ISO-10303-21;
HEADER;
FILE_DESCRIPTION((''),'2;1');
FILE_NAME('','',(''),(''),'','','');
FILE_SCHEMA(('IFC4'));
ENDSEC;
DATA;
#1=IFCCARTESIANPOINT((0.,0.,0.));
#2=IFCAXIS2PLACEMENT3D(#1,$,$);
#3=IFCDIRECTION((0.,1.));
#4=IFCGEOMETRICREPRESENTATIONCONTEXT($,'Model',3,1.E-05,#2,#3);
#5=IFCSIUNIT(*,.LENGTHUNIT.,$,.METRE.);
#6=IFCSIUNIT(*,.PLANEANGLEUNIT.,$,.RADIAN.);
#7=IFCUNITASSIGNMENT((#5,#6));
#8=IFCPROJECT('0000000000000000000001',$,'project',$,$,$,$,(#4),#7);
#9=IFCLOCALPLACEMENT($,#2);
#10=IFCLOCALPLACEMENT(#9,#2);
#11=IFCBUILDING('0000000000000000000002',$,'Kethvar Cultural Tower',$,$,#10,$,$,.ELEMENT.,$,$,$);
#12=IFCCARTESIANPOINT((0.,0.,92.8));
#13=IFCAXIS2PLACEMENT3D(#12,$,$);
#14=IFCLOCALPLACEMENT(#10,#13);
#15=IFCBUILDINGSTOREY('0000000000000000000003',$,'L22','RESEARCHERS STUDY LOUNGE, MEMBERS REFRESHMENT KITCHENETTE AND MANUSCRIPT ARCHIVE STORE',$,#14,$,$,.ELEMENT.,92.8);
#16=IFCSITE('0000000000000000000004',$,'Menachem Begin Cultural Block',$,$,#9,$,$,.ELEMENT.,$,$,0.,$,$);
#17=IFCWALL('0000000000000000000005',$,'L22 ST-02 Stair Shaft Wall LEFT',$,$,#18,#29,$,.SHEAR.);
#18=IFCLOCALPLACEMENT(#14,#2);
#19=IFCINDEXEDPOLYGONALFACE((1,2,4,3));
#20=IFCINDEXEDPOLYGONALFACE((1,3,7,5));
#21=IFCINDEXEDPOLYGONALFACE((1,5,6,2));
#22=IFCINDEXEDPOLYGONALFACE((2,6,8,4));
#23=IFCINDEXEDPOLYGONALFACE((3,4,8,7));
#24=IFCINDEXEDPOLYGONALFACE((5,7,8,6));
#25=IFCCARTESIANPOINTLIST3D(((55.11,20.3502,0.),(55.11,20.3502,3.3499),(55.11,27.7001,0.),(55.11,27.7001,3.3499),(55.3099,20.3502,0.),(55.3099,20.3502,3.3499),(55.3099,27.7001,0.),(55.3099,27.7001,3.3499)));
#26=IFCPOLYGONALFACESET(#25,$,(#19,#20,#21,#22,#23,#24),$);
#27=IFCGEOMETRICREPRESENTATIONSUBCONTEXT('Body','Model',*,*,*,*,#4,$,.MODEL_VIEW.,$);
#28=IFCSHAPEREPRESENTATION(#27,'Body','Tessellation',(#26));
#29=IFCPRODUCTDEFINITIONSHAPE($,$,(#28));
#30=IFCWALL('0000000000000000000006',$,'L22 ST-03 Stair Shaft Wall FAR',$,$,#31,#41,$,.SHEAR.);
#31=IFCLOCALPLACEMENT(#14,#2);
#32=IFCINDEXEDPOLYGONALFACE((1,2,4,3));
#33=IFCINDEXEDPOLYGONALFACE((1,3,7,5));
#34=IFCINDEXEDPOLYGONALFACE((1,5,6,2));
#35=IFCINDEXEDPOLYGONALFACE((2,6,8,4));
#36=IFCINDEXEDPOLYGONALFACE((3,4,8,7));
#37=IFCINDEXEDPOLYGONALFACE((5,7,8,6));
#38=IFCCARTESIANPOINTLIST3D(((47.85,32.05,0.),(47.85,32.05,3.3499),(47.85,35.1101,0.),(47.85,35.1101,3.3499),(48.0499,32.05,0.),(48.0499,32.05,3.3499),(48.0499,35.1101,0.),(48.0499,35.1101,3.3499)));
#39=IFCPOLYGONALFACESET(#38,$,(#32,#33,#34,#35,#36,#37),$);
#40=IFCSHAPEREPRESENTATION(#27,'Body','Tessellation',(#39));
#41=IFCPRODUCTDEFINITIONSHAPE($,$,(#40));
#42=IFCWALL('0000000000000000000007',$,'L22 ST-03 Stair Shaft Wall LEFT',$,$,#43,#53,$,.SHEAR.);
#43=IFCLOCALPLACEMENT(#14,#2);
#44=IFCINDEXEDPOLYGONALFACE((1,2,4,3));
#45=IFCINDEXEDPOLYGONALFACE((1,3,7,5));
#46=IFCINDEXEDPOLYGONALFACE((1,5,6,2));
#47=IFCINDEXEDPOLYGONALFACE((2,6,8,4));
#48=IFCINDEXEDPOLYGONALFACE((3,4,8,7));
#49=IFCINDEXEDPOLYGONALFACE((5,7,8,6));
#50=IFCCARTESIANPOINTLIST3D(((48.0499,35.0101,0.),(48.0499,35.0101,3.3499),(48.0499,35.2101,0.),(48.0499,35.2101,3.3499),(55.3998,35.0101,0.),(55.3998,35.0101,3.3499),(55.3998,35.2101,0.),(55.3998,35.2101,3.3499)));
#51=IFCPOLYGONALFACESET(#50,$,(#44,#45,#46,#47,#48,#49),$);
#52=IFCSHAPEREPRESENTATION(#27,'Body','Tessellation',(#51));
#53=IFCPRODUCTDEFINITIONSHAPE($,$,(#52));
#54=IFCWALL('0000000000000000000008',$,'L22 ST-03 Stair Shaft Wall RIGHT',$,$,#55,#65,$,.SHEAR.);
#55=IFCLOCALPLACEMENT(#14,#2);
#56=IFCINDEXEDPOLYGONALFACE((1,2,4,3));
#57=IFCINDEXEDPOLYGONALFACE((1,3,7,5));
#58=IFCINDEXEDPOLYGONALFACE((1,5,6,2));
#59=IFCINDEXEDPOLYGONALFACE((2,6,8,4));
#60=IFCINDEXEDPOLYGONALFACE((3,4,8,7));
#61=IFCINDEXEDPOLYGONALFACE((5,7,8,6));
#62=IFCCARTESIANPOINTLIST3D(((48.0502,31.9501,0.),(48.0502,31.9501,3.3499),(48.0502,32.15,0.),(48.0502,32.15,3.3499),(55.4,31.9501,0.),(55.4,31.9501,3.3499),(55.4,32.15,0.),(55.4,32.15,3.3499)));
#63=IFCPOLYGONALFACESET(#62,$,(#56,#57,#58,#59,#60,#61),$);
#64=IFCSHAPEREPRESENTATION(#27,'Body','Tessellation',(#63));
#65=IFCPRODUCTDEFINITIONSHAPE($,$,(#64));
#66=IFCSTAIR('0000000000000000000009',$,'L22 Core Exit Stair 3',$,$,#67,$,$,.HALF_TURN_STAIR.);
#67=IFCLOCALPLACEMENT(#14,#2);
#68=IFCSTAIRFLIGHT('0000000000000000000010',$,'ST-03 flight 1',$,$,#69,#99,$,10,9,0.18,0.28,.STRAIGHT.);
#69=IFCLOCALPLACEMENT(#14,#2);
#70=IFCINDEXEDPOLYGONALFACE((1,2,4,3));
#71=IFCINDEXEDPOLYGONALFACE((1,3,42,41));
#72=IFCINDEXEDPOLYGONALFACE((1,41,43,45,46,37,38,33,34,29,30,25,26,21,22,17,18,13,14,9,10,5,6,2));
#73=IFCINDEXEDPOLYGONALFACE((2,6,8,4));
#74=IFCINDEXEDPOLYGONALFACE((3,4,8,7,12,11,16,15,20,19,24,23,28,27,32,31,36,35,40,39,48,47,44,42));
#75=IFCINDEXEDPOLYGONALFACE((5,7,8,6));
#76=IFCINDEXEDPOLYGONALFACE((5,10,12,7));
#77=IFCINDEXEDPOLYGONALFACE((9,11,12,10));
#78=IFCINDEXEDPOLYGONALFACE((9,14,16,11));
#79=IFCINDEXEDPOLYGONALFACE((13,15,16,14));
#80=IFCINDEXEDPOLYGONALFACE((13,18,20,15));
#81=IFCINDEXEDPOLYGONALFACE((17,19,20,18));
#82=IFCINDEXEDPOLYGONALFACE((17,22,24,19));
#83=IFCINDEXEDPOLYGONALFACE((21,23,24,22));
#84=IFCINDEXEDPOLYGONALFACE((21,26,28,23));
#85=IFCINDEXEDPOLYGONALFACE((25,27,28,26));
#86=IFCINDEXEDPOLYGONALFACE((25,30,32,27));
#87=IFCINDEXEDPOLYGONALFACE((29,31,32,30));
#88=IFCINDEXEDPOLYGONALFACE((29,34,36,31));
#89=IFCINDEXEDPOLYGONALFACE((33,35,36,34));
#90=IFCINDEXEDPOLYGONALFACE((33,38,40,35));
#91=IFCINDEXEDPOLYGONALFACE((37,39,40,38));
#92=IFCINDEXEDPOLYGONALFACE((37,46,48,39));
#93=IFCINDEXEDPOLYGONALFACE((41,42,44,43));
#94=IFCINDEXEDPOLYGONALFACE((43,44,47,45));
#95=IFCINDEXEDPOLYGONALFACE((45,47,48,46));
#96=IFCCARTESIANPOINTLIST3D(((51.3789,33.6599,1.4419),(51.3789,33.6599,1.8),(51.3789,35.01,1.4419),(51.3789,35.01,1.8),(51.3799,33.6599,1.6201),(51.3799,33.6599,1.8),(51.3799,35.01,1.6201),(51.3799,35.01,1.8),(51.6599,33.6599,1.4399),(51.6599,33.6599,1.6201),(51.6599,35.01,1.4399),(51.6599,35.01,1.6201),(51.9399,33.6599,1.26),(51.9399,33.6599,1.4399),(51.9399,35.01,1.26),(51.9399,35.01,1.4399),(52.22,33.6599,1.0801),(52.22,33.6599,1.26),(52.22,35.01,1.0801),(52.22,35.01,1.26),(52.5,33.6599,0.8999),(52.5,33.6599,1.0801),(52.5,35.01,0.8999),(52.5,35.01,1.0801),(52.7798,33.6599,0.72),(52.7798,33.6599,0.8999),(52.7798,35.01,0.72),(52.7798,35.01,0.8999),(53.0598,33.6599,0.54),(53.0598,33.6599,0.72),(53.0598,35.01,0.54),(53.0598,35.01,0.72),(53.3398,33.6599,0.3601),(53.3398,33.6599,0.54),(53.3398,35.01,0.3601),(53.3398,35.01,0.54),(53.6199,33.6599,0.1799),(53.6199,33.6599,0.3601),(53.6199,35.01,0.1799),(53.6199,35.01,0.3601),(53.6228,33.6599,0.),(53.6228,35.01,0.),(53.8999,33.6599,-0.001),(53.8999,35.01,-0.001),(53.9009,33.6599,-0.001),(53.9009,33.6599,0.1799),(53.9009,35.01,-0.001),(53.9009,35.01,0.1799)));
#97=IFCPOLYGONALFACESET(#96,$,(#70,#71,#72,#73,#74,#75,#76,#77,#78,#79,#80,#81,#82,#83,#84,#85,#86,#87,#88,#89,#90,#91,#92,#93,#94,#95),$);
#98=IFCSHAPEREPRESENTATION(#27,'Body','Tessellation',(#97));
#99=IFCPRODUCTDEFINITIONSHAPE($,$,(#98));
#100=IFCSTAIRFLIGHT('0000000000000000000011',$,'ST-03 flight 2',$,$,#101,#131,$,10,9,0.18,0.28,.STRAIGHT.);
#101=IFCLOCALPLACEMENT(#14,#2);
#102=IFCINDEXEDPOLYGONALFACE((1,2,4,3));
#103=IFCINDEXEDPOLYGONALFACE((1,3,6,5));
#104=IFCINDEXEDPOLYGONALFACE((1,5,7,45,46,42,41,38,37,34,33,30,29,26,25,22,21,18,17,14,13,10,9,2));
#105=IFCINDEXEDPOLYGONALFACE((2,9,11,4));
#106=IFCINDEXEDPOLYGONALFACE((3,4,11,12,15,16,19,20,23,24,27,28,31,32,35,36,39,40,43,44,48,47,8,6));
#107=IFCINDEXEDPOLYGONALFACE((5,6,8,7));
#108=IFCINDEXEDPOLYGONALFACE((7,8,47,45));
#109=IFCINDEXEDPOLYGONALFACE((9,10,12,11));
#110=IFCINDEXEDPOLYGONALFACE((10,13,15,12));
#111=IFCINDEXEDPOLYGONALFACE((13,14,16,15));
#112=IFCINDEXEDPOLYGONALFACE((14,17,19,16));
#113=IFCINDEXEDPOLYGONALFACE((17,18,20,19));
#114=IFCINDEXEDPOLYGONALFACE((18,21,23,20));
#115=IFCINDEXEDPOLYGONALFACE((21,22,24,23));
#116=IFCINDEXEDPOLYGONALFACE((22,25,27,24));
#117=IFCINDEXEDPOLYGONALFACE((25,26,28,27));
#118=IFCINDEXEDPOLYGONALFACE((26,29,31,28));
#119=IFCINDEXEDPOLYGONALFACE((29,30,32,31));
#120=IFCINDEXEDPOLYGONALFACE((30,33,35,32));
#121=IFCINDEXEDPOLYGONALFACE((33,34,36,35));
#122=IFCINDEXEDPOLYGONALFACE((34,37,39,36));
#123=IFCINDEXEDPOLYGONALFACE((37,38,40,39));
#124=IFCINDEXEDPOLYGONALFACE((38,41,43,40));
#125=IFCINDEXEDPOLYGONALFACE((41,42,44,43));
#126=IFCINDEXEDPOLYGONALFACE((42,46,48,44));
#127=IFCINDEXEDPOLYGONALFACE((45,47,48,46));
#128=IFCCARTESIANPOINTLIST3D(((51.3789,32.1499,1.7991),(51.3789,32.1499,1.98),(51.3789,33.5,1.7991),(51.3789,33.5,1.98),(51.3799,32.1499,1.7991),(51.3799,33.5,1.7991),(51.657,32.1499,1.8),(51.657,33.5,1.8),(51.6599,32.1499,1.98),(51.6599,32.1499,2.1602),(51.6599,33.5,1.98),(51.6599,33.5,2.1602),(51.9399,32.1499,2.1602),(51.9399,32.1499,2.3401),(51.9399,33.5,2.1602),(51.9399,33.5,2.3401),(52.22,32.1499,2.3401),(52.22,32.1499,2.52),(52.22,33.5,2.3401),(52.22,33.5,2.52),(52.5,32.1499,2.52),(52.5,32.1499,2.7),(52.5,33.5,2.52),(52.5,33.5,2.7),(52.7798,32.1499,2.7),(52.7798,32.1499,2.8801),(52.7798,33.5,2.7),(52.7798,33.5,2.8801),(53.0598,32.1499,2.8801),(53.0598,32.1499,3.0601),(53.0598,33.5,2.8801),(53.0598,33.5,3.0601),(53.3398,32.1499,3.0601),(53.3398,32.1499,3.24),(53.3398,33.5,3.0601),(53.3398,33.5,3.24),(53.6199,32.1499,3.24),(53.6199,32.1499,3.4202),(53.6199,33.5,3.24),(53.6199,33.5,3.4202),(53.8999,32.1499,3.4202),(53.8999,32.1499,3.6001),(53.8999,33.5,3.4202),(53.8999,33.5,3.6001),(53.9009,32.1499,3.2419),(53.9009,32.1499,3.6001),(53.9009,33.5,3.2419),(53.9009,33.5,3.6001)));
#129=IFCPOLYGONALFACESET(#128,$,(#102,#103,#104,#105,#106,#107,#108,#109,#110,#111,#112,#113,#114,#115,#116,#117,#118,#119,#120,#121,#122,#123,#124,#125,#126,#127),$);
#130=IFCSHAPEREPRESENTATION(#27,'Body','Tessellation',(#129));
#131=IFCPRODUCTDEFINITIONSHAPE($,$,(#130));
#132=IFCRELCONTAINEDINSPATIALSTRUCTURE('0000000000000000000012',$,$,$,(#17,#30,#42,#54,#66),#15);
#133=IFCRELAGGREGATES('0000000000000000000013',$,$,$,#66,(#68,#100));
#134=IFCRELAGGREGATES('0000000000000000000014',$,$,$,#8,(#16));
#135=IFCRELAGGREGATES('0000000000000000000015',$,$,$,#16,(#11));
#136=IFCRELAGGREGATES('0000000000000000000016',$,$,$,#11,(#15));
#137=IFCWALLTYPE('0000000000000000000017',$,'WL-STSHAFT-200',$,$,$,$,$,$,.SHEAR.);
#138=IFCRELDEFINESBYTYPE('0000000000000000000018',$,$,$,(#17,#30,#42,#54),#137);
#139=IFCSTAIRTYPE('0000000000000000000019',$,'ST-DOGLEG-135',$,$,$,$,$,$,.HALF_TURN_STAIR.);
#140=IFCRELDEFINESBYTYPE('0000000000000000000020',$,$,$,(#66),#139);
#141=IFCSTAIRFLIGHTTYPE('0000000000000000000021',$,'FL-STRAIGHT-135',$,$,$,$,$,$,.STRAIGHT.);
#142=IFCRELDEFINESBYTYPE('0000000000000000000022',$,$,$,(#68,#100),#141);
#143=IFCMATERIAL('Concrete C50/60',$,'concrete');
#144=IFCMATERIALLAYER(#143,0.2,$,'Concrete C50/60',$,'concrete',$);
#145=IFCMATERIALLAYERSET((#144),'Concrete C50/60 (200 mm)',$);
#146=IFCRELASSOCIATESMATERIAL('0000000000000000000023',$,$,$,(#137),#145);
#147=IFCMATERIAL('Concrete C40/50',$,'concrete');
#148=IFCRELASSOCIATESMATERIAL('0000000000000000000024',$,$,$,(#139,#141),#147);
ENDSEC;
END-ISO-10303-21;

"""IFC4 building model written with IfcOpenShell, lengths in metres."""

from ifc_helpers import new_model, si_unit, direction, frame, frame_2d, origin, place, context, subcontext, project, spatial, polyline, rectangle, outline, extrude, material, layer, layer_set, type_object, element, aggregate, save


model = new_model("IFC4")

# Units and contexts
model_context = context("Model", 3, precision=1e-05, world=origin(), true_north=direction((0.0, 1.0)))
body_context = subcontext(model_context, "Body", "Model", "MODEL_VIEW")
ifc_project = project(units=[si_unit("LENGTHUNIT", "METRE"), si_unit("PLANEANGLEUNIT", "RADIAN")], contexts=[model_context])

# Site, building, storey
site_placement = place(None, origin())
site = spatial("IfcSite", under=ifc_project, at=site_placement, Name="Menachem Begin Cultural Block", CompositionType="ELEMENT", RefElevation=0.0)
building_placement = place(site_placement, origin())
building = spatial("IfcBuilding", under=site, at=building_placement, Name="Kethvar Cultural Tower", CompositionType="ELEMENT")
storey_placement = place(building_placement, frame((0.0, 0.0, 92.8)))
storey = spatial("IfcBuildingStorey", under=building, at=storey_placement, Name="L22", Description="RESEARCHERS STUDY LOUNGE, MEMBERS REFRESHMENT KITCHENETTE AND MANUSCRIPT ARCHIVE STORE", CompositionType="ELEMENT", Elevation=92.8)

# Walls
ifc_material_1 = material(Name="Concrete C40/50", Category="concrete")
ifc_material_2 = material(Name="Concrete C50/60", Category="concrete")
ifc_layer_1 = layer(ifc_material_2, 0.2, Name="Concrete C50/60", Category="concrete")
ifc_layer_set_1 = layer_set([ifc_layer_1], Name="Concrete C50/60 (200 mm)")
wall_type_1 = type_object("IfcWallType", Name="WL-STSHAFT-200", PredefinedType="SHEAR", material=ifc_layer_set_1)
wall_1_placement = place(storey_placement, frame((55.21, 27.7, 0.0), z_axis=(0.0, 0.0, 1.0), x_axis=(0.0, -1.0, 0.0)))
element("IfcWall", 1, at=wall_1_placement, inside=storey, type_object=wall_type_1, Name="L22 ST-02 Stair Shaft Wall LEFT", PredefinedType="SHEAR", context=body_context, shape_type="SweptSolid", body=[
    extrude(rectangle(XDim=7.3499, YDim=0.2, at=frame_2d((3.6748, 0.0))), origin(), (0.0, 0.0, 1.0), 3.3499),
])
wall_2_placement = place(storey_placement, frame((47.95, 32.05, 0.0), z_axis=(0.0, 0.0, 1.0), x_axis=(0.0, 1.0, 0.0)))
element("IfcWall", 2, at=wall_2_placement, inside=storey, type_object=wall_type_1, Name="L22 ST-03 Stair Shaft Wall FAR", PredefinedType="SHEAR", context=body_context, shape_type="SweptSolid", body=[
    extrude(rectangle(XDim=3.0601, YDim=0.2, at=frame_2d((1.53, 0.0))), origin(), (0.0, 0.0, 1.0), 3.3499),
])
for number, where, z_axis, x_axis, name in (
    (3, (48.05, 35.1101, 0.0), (0.0, 0.0, 1.0), (1.0, 0.0, 0.0), "L22 ST-03 Stair Shaft Wall LEFT"),
    (4, (55.3999, 32.05, 0.0), (0.0, 0.0, 1.0), (-1.0, 0.0, 0.0), "L22 ST-03 Stair Shaft Wall RIGHT"),
):
    element("IfcWall", number, at=place(storey_placement, frame(where, z_axis=z_axis, x_axis=x_axis)), inside=storey, type_object=wall_type_1, Name=name, PredefinedType="SHEAR", context=body_context, shape_type="SweptSolid", body=[
        extrude(rectangle(XDim=7.3499, YDim=0.2, at=frame_2d((3.6748, 0.0))), origin(), (0.0, 0.0, 1.0), 3.3499),
    ])

# Stair, stair flights
stair_type = type_object("IfcStairType", Name="ST-DOGLEG-135", PredefinedType="HALF_TURN_STAIR", material=ifc_material_1)
stair_placement = place(storey_placement, origin())
stair = element("IfcStair", 5, at=stair_placement, inside=storey, type_object=stair_type, Name="L22 Core Exit Stair 3", PredefinedType="HALF_TURN_STAIR")
stair_flight_type = type_object("IfcStairFlightType", Name="FL-STRAIGHT-135", PredefinedType="STRAIGHT", material=ifc_material_1)
stair_flight_1_placement = place(storey_placement, frame((53.8999, 34.335, 0.0), z_axis=(0.0, 0.0, 1.0), x_axis=(-1.0, 0.0, 0.0)))
stair_flight_1 = element("IfcStairFlight", 6, at=stair_flight_1_placement, type_object=stair_flight_type, Name="ST-03 flight 1", NumberOfRisers=10, NumberOfTreads=9, PredefinedType="STRAIGHT", RiserHeight=0.18, TreadLength=0.28, context=body_context, shape_type="SweptSolid", body=[
    extrude(outline(polyline([(-0.001, -0.001), (-0.001, 0.1799), (0.28, 0.1799), (0.28, 0.3601), (0.5601, 0.3601), (0.5601, 0.54), (0.8401, 0.54), (0.8401, 0.72), (1.1201, 0.72), (1.1201, 0.8999), (1.3999, 0.8999), (1.3999, 1.0801), (1.6799, 1.0801), (1.6799, 1.26), (1.96, 1.26), (1.96, 1.4399), (2.24, 1.4399), (2.24, 1.6201), (2.52, 1.6201), (2.52, 1.8), (2.521, 1.8), (2.521, 1.4419), (0.2771, 0.0), (0.0, -0.001), (-0.001, -0.001)])), frame((0.0, 0.675, 0.0), z_axis=(0.0, -1.0, 0.0), x_axis=(1.0, 0.0, 0.0)), (0.0, 0.0, 1.0), 1.3501),
])
stair_flight_2_placement = place(storey_placement, frame((51.3799, 32.825, 1.8), z_axis=(0.0, 0.0, 1.0), x_axis=(1.0, 0.0, 0.0)))
stair_flight_2 = element("IfcStairFlight", 7, at=stair_flight_2_placement, type_object=stair_flight_type, Name="ST-03 flight 2", NumberOfRisers=10, NumberOfTreads=9, PredefinedType="STRAIGHT", RiserHeight=0.18, TreadLength=0.28, context=body_context, shape_type="SweptSolid", body=[
    extrude(outline(polyline([(-0.001, -0.001), (-0.001, 0.1799), (0.28, 0.1799), (0.28, 0.3601), (0.5601, 0.3601), (0.5601, 0.54), (0.8401, 0.54), (0.8401, 0.72), (1.1201, 0.72), (1.1201, 0.8999), (1.3999, 0.8999), (1.3999, 1.0801), (1.6799, 1.0801), (1.6799, 1.26), (1.96, 1.26), (1.96, 1.4399), (2.24, 1.4399), (2.24, 1.6201), (2.52, 1.6201), (2.52, 1.8), (2.521, 1.8), (2.521, 1.4419), (0.2771, 0.0), (0.0, -0.001), (-0.001, -0.001)])), frame((0.0, 0.675, 0.0), z_axis=(0.0, -1.0, 0.0), x_axis=(1.0, 0.0, 0.0)), (0.0, 0.0, 1.0), 1.3501),
])
aggregate(stair, [stair_flight_1, stair_flight_2])

save(model, "model.ifc")
